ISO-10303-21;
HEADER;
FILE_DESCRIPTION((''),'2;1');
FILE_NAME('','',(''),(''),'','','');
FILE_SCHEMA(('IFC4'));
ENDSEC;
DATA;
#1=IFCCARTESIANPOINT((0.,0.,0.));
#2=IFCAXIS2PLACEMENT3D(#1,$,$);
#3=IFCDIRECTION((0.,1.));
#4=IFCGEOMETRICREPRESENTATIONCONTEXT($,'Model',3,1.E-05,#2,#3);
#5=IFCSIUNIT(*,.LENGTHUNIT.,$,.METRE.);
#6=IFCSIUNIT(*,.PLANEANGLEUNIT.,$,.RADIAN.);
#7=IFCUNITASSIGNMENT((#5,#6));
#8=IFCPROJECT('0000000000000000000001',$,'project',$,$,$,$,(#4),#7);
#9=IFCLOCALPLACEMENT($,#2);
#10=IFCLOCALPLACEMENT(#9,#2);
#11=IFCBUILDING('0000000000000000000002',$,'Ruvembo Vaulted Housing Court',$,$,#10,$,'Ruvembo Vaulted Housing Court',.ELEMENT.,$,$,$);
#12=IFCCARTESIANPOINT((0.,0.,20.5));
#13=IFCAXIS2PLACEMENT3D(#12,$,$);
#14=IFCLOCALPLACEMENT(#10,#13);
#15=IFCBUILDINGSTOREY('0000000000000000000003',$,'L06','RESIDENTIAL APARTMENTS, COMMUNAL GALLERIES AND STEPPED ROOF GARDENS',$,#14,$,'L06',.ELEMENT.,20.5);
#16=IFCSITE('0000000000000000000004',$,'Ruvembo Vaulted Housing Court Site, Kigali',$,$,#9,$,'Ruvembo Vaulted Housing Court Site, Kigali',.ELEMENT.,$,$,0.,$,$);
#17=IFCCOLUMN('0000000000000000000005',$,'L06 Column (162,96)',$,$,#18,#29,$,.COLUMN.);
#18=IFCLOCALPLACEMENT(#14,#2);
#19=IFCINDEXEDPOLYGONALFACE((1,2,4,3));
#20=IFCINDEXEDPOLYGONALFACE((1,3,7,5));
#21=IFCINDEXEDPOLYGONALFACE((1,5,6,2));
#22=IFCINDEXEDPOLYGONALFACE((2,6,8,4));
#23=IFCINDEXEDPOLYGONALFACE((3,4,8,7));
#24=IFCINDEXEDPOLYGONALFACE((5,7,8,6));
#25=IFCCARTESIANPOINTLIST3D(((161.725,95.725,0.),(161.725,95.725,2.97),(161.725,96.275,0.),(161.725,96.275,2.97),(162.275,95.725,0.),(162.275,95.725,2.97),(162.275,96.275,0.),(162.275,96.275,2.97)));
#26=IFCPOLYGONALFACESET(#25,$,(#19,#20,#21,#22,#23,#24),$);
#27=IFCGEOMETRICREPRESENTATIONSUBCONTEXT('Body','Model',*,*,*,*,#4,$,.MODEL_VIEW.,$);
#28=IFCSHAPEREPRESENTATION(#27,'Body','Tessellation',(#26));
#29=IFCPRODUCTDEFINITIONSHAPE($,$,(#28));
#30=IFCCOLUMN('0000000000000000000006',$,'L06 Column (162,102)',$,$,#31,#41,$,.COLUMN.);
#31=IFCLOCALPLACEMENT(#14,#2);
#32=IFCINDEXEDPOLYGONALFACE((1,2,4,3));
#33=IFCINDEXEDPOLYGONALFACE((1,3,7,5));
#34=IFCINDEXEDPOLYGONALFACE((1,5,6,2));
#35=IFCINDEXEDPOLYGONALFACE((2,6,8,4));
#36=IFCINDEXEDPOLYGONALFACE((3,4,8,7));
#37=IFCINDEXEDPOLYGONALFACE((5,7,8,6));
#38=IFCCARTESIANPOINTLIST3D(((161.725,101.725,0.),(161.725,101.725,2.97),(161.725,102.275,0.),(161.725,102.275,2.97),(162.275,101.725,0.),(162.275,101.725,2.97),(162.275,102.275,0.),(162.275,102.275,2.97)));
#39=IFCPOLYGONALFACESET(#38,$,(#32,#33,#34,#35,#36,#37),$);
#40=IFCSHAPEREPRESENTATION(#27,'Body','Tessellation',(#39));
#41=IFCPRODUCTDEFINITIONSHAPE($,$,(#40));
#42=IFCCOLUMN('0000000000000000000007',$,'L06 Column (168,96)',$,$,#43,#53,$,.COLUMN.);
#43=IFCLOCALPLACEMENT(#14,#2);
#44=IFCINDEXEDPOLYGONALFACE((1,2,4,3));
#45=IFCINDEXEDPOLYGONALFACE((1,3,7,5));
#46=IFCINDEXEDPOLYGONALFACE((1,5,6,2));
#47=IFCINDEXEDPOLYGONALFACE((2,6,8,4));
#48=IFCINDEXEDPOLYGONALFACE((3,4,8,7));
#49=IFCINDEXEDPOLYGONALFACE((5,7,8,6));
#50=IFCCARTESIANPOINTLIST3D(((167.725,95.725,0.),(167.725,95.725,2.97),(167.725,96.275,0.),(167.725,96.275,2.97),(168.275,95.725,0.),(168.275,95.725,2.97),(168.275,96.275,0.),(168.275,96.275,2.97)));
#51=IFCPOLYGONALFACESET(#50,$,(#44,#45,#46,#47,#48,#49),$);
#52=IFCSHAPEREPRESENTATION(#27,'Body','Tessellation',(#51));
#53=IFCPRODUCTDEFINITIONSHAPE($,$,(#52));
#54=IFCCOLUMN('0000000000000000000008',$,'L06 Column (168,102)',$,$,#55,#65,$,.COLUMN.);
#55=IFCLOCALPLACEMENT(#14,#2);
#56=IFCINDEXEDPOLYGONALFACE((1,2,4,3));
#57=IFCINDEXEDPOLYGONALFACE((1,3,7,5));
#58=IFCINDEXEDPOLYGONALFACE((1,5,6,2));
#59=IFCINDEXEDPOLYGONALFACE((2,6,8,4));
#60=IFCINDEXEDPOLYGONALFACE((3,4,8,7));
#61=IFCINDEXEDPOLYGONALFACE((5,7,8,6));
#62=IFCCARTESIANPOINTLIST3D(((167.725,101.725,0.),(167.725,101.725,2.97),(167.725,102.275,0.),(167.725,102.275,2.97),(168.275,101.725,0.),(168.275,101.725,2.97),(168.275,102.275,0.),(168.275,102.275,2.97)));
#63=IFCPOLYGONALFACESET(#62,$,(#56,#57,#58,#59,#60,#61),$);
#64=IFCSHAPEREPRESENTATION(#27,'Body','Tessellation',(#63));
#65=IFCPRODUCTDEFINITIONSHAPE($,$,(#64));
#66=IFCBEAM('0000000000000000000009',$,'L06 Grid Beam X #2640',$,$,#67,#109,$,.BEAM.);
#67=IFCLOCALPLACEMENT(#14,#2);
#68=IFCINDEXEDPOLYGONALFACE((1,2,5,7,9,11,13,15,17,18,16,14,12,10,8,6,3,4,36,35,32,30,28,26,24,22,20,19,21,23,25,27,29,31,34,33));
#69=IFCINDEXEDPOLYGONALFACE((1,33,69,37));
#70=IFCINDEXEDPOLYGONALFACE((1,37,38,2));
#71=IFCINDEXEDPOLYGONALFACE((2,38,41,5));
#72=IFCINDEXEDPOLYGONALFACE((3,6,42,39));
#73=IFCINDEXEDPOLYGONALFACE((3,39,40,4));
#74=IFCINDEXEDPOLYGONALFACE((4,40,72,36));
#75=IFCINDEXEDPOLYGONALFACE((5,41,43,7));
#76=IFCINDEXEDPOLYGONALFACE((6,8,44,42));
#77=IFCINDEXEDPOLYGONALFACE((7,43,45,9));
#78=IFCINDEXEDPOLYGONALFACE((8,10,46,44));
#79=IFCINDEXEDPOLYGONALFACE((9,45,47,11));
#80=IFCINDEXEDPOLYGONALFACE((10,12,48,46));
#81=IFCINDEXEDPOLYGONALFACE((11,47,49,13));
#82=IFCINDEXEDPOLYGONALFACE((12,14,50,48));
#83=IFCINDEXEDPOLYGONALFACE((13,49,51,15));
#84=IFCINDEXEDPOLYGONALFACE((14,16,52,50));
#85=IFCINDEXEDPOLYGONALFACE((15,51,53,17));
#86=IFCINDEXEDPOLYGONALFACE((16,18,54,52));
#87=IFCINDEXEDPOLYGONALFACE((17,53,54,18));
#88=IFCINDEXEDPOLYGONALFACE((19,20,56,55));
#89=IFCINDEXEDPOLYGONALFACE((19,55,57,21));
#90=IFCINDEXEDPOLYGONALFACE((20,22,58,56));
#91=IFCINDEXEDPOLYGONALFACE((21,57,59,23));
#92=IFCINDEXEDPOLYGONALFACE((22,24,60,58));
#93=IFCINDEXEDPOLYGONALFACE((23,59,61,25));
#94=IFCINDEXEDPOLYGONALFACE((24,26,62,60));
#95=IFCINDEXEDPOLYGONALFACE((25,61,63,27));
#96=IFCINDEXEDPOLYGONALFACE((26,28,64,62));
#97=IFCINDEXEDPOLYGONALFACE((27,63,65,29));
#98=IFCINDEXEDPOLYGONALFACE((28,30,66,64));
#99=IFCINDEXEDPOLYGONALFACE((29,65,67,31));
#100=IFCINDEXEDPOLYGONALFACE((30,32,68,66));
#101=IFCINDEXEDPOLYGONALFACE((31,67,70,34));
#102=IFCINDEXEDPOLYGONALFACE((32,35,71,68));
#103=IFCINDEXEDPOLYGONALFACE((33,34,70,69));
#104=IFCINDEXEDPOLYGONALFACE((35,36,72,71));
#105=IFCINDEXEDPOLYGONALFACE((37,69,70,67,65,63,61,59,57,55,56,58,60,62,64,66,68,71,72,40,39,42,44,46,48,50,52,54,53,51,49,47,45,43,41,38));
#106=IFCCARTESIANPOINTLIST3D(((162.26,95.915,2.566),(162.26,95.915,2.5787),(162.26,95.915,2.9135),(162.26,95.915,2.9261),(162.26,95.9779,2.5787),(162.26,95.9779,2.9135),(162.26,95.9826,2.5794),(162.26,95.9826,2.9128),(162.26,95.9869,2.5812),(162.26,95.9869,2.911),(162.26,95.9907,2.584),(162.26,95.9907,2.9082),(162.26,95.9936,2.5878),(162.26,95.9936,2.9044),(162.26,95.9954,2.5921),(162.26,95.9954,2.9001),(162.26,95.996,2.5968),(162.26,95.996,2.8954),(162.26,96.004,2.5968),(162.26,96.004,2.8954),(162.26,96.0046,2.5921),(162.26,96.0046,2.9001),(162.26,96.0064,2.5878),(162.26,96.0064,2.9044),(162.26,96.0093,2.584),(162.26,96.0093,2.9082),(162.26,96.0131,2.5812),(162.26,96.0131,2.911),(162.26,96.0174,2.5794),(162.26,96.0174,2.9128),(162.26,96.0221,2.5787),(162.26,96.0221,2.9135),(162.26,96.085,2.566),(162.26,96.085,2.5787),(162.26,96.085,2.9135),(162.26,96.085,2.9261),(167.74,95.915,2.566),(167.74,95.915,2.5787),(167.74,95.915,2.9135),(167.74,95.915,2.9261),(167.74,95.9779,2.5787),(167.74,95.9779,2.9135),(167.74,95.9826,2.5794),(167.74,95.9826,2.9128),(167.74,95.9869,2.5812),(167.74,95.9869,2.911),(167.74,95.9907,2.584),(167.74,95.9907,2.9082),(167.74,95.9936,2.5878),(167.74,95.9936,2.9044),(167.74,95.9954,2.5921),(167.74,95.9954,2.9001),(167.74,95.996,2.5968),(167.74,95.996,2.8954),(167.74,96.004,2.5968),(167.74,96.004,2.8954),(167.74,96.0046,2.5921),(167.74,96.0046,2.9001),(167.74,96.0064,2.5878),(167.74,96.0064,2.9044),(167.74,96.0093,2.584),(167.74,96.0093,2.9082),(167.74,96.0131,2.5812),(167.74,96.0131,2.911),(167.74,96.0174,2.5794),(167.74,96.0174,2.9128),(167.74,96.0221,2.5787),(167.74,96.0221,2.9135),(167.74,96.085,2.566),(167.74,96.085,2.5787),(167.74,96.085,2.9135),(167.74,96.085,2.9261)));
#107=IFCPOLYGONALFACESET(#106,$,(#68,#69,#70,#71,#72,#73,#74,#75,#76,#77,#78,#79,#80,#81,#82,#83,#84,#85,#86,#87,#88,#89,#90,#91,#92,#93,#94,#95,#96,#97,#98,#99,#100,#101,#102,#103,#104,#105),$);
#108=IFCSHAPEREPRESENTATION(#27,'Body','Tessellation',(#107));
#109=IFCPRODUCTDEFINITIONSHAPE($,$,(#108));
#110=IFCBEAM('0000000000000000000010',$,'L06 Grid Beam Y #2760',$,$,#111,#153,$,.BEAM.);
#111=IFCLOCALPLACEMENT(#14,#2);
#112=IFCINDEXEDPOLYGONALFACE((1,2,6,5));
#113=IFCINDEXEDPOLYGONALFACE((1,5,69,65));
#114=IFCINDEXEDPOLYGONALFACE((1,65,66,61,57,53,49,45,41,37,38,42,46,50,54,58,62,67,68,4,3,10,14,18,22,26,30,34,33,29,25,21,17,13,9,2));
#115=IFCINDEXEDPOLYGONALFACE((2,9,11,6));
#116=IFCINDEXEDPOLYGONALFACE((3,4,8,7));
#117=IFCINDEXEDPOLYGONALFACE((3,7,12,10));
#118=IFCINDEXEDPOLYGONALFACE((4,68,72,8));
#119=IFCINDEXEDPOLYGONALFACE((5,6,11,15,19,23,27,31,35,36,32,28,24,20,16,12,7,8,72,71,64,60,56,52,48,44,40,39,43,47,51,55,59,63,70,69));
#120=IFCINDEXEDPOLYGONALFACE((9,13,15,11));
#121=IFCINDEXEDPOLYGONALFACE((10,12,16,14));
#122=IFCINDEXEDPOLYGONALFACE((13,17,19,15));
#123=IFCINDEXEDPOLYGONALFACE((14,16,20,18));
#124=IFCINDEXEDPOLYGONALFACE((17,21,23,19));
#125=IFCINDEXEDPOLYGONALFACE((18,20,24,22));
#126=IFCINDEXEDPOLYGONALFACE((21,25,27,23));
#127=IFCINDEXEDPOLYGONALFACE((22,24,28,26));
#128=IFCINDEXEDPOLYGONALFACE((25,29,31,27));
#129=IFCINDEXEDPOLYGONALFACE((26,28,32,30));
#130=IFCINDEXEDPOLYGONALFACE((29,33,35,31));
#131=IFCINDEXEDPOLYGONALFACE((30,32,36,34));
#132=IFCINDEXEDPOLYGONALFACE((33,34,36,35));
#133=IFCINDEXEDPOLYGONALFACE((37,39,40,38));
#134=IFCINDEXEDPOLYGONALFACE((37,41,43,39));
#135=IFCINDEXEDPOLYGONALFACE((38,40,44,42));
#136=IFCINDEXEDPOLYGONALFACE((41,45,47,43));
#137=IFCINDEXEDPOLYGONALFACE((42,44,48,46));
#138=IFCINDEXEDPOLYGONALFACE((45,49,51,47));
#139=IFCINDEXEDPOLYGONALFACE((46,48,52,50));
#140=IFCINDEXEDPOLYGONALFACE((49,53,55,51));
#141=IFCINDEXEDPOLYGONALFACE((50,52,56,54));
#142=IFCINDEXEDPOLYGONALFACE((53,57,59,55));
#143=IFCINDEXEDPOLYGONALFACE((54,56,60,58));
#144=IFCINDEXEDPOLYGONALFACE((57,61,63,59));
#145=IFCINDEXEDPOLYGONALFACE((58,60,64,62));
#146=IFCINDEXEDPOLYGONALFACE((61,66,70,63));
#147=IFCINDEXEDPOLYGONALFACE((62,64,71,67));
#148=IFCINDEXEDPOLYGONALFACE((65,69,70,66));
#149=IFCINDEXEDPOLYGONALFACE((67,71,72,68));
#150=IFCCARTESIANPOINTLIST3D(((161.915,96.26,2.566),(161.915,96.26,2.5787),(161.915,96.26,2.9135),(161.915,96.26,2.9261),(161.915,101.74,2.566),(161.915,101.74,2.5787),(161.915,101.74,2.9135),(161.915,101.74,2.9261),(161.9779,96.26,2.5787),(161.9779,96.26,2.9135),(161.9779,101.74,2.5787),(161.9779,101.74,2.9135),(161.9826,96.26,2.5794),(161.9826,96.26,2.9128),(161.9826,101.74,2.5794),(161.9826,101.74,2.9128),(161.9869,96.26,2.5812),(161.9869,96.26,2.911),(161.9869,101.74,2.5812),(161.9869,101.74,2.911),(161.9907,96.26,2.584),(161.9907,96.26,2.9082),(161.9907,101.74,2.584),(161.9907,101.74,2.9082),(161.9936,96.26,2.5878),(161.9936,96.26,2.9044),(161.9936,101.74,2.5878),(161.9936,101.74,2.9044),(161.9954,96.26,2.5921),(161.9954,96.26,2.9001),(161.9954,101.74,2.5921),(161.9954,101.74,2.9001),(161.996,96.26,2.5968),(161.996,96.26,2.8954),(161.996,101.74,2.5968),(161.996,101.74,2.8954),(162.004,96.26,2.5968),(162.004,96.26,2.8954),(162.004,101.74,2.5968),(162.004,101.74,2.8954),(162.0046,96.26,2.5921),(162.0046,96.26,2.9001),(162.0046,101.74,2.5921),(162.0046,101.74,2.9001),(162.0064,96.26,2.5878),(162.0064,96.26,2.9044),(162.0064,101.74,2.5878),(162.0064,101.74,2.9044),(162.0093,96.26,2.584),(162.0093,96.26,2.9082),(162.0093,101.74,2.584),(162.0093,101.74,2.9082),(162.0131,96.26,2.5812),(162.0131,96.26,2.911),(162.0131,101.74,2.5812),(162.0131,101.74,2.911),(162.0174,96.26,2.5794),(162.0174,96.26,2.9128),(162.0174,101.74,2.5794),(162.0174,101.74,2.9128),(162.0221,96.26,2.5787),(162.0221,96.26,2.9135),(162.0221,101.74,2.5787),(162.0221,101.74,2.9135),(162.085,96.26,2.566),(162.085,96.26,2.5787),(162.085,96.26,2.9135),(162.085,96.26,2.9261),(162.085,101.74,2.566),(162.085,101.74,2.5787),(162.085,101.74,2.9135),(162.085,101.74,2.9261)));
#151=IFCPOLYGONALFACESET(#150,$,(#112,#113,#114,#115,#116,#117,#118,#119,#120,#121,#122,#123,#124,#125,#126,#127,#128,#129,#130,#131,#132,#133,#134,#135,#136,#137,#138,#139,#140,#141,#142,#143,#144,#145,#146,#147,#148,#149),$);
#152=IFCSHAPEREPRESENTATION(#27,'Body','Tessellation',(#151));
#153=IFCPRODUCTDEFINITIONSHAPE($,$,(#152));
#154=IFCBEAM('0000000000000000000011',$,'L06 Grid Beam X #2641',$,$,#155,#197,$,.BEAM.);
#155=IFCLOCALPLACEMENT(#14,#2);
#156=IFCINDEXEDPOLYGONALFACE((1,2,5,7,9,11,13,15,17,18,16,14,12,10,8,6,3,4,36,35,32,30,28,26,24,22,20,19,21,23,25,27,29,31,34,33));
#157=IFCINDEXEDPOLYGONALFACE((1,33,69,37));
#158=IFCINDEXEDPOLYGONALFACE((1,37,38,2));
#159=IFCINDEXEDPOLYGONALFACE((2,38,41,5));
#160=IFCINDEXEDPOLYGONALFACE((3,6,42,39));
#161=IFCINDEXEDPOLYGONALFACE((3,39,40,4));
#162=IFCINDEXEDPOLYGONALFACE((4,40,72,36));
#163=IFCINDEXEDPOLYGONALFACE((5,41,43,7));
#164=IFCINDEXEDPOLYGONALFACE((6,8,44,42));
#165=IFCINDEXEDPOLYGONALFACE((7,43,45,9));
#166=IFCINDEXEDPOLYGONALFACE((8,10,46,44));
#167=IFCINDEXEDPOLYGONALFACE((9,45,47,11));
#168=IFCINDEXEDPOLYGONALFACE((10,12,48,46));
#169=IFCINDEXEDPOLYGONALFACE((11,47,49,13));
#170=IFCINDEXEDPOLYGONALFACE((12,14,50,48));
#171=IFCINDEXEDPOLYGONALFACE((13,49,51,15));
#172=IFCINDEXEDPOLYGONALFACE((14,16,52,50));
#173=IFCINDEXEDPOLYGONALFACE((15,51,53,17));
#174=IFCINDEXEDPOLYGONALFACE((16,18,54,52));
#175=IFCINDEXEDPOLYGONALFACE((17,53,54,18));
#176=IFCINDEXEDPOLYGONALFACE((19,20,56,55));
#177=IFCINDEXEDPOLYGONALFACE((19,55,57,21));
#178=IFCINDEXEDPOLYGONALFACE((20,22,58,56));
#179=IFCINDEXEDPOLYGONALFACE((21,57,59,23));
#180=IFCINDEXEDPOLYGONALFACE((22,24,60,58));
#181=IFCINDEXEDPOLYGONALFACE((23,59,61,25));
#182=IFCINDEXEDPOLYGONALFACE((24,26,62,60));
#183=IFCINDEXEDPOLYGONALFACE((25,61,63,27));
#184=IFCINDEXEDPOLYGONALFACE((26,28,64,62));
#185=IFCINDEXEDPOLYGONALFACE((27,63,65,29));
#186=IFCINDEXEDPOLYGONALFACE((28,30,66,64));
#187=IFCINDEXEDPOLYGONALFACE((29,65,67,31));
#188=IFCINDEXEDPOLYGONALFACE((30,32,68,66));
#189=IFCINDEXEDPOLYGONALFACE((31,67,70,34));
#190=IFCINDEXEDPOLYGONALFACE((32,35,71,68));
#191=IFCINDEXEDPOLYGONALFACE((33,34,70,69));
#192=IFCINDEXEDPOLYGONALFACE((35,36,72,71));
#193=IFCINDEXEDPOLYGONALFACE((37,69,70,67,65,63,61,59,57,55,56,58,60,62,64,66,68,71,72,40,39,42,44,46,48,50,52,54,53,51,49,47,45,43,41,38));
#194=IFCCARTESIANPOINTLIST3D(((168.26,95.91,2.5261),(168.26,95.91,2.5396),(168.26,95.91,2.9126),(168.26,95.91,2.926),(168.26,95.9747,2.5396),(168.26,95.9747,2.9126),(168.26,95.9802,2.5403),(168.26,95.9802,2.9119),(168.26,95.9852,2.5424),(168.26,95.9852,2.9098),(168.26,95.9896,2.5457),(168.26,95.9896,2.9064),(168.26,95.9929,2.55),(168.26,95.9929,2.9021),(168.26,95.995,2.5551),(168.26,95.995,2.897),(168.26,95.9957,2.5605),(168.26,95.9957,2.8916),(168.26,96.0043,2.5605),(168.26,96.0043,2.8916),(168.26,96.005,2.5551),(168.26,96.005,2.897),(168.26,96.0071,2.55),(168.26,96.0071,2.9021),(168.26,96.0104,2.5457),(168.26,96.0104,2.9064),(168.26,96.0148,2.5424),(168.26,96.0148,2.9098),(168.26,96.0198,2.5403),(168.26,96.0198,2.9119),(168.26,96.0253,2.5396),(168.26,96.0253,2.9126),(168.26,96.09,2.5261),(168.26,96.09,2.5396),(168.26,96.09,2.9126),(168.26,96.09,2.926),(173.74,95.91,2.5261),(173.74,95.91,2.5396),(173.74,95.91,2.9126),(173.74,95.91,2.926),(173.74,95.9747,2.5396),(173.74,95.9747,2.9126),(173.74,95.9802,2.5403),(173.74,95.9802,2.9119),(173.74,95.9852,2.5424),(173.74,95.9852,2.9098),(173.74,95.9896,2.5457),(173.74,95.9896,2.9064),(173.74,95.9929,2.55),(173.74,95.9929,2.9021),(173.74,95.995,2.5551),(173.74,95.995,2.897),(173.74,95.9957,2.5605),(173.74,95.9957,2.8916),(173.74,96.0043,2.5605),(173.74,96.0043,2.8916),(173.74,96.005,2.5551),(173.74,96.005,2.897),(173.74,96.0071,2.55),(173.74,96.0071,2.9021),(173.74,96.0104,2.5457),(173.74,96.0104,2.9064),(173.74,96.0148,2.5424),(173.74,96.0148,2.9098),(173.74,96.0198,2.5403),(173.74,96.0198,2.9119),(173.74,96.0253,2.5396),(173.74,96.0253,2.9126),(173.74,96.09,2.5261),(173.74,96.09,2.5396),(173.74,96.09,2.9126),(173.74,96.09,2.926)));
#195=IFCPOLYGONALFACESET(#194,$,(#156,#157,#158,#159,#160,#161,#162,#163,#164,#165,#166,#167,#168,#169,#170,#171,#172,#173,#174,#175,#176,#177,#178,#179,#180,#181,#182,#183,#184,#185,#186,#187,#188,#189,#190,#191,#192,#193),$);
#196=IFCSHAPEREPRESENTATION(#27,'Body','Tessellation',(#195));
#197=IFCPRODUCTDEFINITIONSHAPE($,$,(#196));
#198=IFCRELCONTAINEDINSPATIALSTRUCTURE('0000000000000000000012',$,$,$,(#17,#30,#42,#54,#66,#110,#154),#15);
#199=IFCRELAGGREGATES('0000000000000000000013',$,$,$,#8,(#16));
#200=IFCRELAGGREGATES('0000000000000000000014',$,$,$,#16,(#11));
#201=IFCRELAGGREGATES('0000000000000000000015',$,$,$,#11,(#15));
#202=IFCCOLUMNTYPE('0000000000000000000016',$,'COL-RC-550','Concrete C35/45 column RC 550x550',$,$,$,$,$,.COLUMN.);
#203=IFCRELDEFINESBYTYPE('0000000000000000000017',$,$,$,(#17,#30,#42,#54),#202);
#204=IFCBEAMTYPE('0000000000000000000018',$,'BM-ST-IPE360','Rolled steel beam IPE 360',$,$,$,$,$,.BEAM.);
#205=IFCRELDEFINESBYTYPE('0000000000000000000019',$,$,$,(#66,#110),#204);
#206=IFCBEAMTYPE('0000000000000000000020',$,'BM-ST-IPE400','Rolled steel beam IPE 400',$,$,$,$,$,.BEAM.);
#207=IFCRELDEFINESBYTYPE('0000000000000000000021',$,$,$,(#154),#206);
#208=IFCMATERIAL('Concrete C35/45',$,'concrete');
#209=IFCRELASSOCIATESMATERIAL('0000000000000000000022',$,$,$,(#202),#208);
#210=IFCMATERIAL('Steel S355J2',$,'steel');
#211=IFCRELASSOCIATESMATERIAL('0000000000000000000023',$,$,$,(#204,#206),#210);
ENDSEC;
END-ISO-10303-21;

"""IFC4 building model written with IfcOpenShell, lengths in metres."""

from ifc_helpers import new_model, si_unit, direction, frame, origin, origin_2d, place, context, subcontext, project, spatial, rectangle, i_section, extrude, material, material_profile, profile_set, type_object, element, save


model = new_model("IFC4")

# Units and contexts
model_context = context("Model", 3, precision=1e-05, world=origin(), true_north=direction((0.0, 1.0)))
body_context = subcontext(model_context, "Body", "Model", "MODEL_VIEW")
ifc_project = project(units=[si_unit("LENGTHUNIT", "METRE"), si_unit("PLANEANGLEUNIT", "RADIAN")], contexts=[model_context])

# Site, building, storey
site_placement = place(None, origin())
site = spatial("IfcSite", under=ifc_project, at=site_placement, Name="Ruvembo Vaulted Housing Court Site, Kigali", LongName="Ruvembo Vaulted Housing Court Site, Kigali", CompositionType="ELEMENT", RefElevation=0.0)
building_placement = place(site_placement, origin())
building = spatial("IfcBuilding", under=site, at=building_placement, Name="Ruvembo Vaulted Housing Court", LongName="Ruvembo Vaulted Housing Court", CompositionType="ELEMENT")
storey_placement = place(building_placement, frame((0.0, 0.0, 20.5)))
storey = spatial("IfcBuildingStorey", under=building, at=storey_placement, Name="L06", Description="RESIDENTIAL APARTMENTS, COMMUNAL GALLERIES AND STEPPED ROOF GARDENS", LongName="L06", CompositionType="ELEMENT", Elevation=20.5)

# Columns
ifc_material_1 = material(Name="Concrete C35/45", Category="concrete")
ifc_material_profile_1 = material_profile(ifc_material_1, rectangle(XDim=0.55, YDim=0.55, at=origin_2d()), Name="RC 550x550")
ifc_profile_set_1 = profile_set([ifc_material_profile_1], Name="Concrete C35/45")
column_type = type_object("IfcColumnType", Name="COL-RC-550", Description="Concrete C35/45 column RC 550x550", PredefinedType="COLUMN", material=ifc_profile_set_1)
for number, where, z_axis, x_axis, name in (
    (1, (162.0, 96.0, 0.0), (0.0, 0.0, 1.0), (1.0, 0.0, 0.0), "L06 Column (162,96)"),
    (2, (162.0, 102.0, 0.0), (0.0, 0.0, 1.0), (1.0, 0.0, 0.0), "L06 Column (162,102)"),
    (3, (168.0, 96.0, 0.0), (0.0, 0.0, 1.0), (1.0, 0.0, 0.0), "L06 Column (168,96)"),
    (4, (168.0, 102.0, 0.0), (0.0, 0.0, 1.0), (1.0, 0.0, 0.0), "L06 Column (168,102)"),
):
    element("IfcColumn", number, at=place(storey_placement, frame(where, z_axis=z_axis, x_axis=x_axis)), inside=storey, type_object=column_type, Name=name, PredefinedType="COLUMN", context=body_context, shape_type="SweptSolid", body=[
        extrude(rectangle(XDim=0.55, YDim=0.55, at=origin_2d()), origin(), (0.0, 0.0, 1.0), 2.97),
    ])

# Beams
ifc_material_2 = material(Name="Steel S355J2", Category="steel")
ifc_material_profile_2 = material_profile(ifc_material_2, i_section(OverallWidth=0.1699, OverallDepth=0.3601, WebThickness=0.0081, FlangeThickness=0.0127, FilletRadius=0.0181, at=origin_2d()), Name="IPE 360")
ifc_profile_set_2 = profile_set([ifc_material_profile_2], Name="Steel S355J2")
beam_type_1 = type_object("IfcBeamType", Name="BM-ST-IPE360", Description="Rolled steel beam IPE 360", PredefinedType="BEAM", material=ifc_profile_set_2)
for number, where, z_axis, x_axis, name in (
    (5, (162.26, 96.0, 2.7461), (1.0, 0.0, 0.0), (0.0, 1.0, 0.0), "L06 Grid Beam X #2640"),
    (6, (162.0, 96.26, 2.7461), (0.0, 1.0, 0.0), (-1.0, 0.0, 0.0), "L06 Grid Beam Y #2760"),
):
    element("IfcBeam", number, at=place(storey_placement, frame(where, z_axis=z_axis, x_axis=x_axis)), inside=storey, type_object=beam_type_1, Name=name, PredefinedType="BEAM", context=body_context, shape_type="SweptSolid", body=[
        extrude(i_section(OverallWidth=0.1699, OverallDepth=0.3601, WebThickness=0.0081, FlangeThickness=0.0127, FilletRadius=0.0181, at=origin_2d()), origin(), (0.0, 0.0, 1.0), 5.48),
    ])
ifc_material_profile_3 = material_profile(ifc_material_2, i_section(OverallWidth=0.1799, OverallDepth=0.3999, WebThickness=0.0085, FlangeThickness=0.0134, FilletRadius=0.021, at=origin_2d()), Name="IPE 400")
ifc_profile_set_3 = profile_set([ifc_material_profile_3], Name="Steel S355J2")
beam_type_2 = type_object("IfcBeamType", Name="BM-ST-IPE400", Description="Rolled steel beam IPE 400", PredefinedType="BEAM", material=ifc_profile_set_3)
for number, where, z_axis, x_axis, name in (
    (7, (168.26, 96.0, 2.7261), (1.0, 0.0, 0.0), (0.0, 1.0, 0.0), "L06 Grid Beam X #2641"),
):
    element("IfcBeam", number, at=place(storey_placement, frame(where, z_axis=z_axis, x_axis=x_axis)), inside=storey, type_object=beam_type_2, Name=name, PredefinedType="BEAM", context=body_context, shape_type="SweptSolid", body=[
        extrude(i_section(OverallWidth=0.1799, OverallDepth=0.3999, WebThickness=0.0085, FlangeThickness=0.0134, FilletRadius=0.021, at=origin_2d()), origin(), (0.0, 0.0, 1.0), 5.48),
    ])

save(model, "model.ifc")
